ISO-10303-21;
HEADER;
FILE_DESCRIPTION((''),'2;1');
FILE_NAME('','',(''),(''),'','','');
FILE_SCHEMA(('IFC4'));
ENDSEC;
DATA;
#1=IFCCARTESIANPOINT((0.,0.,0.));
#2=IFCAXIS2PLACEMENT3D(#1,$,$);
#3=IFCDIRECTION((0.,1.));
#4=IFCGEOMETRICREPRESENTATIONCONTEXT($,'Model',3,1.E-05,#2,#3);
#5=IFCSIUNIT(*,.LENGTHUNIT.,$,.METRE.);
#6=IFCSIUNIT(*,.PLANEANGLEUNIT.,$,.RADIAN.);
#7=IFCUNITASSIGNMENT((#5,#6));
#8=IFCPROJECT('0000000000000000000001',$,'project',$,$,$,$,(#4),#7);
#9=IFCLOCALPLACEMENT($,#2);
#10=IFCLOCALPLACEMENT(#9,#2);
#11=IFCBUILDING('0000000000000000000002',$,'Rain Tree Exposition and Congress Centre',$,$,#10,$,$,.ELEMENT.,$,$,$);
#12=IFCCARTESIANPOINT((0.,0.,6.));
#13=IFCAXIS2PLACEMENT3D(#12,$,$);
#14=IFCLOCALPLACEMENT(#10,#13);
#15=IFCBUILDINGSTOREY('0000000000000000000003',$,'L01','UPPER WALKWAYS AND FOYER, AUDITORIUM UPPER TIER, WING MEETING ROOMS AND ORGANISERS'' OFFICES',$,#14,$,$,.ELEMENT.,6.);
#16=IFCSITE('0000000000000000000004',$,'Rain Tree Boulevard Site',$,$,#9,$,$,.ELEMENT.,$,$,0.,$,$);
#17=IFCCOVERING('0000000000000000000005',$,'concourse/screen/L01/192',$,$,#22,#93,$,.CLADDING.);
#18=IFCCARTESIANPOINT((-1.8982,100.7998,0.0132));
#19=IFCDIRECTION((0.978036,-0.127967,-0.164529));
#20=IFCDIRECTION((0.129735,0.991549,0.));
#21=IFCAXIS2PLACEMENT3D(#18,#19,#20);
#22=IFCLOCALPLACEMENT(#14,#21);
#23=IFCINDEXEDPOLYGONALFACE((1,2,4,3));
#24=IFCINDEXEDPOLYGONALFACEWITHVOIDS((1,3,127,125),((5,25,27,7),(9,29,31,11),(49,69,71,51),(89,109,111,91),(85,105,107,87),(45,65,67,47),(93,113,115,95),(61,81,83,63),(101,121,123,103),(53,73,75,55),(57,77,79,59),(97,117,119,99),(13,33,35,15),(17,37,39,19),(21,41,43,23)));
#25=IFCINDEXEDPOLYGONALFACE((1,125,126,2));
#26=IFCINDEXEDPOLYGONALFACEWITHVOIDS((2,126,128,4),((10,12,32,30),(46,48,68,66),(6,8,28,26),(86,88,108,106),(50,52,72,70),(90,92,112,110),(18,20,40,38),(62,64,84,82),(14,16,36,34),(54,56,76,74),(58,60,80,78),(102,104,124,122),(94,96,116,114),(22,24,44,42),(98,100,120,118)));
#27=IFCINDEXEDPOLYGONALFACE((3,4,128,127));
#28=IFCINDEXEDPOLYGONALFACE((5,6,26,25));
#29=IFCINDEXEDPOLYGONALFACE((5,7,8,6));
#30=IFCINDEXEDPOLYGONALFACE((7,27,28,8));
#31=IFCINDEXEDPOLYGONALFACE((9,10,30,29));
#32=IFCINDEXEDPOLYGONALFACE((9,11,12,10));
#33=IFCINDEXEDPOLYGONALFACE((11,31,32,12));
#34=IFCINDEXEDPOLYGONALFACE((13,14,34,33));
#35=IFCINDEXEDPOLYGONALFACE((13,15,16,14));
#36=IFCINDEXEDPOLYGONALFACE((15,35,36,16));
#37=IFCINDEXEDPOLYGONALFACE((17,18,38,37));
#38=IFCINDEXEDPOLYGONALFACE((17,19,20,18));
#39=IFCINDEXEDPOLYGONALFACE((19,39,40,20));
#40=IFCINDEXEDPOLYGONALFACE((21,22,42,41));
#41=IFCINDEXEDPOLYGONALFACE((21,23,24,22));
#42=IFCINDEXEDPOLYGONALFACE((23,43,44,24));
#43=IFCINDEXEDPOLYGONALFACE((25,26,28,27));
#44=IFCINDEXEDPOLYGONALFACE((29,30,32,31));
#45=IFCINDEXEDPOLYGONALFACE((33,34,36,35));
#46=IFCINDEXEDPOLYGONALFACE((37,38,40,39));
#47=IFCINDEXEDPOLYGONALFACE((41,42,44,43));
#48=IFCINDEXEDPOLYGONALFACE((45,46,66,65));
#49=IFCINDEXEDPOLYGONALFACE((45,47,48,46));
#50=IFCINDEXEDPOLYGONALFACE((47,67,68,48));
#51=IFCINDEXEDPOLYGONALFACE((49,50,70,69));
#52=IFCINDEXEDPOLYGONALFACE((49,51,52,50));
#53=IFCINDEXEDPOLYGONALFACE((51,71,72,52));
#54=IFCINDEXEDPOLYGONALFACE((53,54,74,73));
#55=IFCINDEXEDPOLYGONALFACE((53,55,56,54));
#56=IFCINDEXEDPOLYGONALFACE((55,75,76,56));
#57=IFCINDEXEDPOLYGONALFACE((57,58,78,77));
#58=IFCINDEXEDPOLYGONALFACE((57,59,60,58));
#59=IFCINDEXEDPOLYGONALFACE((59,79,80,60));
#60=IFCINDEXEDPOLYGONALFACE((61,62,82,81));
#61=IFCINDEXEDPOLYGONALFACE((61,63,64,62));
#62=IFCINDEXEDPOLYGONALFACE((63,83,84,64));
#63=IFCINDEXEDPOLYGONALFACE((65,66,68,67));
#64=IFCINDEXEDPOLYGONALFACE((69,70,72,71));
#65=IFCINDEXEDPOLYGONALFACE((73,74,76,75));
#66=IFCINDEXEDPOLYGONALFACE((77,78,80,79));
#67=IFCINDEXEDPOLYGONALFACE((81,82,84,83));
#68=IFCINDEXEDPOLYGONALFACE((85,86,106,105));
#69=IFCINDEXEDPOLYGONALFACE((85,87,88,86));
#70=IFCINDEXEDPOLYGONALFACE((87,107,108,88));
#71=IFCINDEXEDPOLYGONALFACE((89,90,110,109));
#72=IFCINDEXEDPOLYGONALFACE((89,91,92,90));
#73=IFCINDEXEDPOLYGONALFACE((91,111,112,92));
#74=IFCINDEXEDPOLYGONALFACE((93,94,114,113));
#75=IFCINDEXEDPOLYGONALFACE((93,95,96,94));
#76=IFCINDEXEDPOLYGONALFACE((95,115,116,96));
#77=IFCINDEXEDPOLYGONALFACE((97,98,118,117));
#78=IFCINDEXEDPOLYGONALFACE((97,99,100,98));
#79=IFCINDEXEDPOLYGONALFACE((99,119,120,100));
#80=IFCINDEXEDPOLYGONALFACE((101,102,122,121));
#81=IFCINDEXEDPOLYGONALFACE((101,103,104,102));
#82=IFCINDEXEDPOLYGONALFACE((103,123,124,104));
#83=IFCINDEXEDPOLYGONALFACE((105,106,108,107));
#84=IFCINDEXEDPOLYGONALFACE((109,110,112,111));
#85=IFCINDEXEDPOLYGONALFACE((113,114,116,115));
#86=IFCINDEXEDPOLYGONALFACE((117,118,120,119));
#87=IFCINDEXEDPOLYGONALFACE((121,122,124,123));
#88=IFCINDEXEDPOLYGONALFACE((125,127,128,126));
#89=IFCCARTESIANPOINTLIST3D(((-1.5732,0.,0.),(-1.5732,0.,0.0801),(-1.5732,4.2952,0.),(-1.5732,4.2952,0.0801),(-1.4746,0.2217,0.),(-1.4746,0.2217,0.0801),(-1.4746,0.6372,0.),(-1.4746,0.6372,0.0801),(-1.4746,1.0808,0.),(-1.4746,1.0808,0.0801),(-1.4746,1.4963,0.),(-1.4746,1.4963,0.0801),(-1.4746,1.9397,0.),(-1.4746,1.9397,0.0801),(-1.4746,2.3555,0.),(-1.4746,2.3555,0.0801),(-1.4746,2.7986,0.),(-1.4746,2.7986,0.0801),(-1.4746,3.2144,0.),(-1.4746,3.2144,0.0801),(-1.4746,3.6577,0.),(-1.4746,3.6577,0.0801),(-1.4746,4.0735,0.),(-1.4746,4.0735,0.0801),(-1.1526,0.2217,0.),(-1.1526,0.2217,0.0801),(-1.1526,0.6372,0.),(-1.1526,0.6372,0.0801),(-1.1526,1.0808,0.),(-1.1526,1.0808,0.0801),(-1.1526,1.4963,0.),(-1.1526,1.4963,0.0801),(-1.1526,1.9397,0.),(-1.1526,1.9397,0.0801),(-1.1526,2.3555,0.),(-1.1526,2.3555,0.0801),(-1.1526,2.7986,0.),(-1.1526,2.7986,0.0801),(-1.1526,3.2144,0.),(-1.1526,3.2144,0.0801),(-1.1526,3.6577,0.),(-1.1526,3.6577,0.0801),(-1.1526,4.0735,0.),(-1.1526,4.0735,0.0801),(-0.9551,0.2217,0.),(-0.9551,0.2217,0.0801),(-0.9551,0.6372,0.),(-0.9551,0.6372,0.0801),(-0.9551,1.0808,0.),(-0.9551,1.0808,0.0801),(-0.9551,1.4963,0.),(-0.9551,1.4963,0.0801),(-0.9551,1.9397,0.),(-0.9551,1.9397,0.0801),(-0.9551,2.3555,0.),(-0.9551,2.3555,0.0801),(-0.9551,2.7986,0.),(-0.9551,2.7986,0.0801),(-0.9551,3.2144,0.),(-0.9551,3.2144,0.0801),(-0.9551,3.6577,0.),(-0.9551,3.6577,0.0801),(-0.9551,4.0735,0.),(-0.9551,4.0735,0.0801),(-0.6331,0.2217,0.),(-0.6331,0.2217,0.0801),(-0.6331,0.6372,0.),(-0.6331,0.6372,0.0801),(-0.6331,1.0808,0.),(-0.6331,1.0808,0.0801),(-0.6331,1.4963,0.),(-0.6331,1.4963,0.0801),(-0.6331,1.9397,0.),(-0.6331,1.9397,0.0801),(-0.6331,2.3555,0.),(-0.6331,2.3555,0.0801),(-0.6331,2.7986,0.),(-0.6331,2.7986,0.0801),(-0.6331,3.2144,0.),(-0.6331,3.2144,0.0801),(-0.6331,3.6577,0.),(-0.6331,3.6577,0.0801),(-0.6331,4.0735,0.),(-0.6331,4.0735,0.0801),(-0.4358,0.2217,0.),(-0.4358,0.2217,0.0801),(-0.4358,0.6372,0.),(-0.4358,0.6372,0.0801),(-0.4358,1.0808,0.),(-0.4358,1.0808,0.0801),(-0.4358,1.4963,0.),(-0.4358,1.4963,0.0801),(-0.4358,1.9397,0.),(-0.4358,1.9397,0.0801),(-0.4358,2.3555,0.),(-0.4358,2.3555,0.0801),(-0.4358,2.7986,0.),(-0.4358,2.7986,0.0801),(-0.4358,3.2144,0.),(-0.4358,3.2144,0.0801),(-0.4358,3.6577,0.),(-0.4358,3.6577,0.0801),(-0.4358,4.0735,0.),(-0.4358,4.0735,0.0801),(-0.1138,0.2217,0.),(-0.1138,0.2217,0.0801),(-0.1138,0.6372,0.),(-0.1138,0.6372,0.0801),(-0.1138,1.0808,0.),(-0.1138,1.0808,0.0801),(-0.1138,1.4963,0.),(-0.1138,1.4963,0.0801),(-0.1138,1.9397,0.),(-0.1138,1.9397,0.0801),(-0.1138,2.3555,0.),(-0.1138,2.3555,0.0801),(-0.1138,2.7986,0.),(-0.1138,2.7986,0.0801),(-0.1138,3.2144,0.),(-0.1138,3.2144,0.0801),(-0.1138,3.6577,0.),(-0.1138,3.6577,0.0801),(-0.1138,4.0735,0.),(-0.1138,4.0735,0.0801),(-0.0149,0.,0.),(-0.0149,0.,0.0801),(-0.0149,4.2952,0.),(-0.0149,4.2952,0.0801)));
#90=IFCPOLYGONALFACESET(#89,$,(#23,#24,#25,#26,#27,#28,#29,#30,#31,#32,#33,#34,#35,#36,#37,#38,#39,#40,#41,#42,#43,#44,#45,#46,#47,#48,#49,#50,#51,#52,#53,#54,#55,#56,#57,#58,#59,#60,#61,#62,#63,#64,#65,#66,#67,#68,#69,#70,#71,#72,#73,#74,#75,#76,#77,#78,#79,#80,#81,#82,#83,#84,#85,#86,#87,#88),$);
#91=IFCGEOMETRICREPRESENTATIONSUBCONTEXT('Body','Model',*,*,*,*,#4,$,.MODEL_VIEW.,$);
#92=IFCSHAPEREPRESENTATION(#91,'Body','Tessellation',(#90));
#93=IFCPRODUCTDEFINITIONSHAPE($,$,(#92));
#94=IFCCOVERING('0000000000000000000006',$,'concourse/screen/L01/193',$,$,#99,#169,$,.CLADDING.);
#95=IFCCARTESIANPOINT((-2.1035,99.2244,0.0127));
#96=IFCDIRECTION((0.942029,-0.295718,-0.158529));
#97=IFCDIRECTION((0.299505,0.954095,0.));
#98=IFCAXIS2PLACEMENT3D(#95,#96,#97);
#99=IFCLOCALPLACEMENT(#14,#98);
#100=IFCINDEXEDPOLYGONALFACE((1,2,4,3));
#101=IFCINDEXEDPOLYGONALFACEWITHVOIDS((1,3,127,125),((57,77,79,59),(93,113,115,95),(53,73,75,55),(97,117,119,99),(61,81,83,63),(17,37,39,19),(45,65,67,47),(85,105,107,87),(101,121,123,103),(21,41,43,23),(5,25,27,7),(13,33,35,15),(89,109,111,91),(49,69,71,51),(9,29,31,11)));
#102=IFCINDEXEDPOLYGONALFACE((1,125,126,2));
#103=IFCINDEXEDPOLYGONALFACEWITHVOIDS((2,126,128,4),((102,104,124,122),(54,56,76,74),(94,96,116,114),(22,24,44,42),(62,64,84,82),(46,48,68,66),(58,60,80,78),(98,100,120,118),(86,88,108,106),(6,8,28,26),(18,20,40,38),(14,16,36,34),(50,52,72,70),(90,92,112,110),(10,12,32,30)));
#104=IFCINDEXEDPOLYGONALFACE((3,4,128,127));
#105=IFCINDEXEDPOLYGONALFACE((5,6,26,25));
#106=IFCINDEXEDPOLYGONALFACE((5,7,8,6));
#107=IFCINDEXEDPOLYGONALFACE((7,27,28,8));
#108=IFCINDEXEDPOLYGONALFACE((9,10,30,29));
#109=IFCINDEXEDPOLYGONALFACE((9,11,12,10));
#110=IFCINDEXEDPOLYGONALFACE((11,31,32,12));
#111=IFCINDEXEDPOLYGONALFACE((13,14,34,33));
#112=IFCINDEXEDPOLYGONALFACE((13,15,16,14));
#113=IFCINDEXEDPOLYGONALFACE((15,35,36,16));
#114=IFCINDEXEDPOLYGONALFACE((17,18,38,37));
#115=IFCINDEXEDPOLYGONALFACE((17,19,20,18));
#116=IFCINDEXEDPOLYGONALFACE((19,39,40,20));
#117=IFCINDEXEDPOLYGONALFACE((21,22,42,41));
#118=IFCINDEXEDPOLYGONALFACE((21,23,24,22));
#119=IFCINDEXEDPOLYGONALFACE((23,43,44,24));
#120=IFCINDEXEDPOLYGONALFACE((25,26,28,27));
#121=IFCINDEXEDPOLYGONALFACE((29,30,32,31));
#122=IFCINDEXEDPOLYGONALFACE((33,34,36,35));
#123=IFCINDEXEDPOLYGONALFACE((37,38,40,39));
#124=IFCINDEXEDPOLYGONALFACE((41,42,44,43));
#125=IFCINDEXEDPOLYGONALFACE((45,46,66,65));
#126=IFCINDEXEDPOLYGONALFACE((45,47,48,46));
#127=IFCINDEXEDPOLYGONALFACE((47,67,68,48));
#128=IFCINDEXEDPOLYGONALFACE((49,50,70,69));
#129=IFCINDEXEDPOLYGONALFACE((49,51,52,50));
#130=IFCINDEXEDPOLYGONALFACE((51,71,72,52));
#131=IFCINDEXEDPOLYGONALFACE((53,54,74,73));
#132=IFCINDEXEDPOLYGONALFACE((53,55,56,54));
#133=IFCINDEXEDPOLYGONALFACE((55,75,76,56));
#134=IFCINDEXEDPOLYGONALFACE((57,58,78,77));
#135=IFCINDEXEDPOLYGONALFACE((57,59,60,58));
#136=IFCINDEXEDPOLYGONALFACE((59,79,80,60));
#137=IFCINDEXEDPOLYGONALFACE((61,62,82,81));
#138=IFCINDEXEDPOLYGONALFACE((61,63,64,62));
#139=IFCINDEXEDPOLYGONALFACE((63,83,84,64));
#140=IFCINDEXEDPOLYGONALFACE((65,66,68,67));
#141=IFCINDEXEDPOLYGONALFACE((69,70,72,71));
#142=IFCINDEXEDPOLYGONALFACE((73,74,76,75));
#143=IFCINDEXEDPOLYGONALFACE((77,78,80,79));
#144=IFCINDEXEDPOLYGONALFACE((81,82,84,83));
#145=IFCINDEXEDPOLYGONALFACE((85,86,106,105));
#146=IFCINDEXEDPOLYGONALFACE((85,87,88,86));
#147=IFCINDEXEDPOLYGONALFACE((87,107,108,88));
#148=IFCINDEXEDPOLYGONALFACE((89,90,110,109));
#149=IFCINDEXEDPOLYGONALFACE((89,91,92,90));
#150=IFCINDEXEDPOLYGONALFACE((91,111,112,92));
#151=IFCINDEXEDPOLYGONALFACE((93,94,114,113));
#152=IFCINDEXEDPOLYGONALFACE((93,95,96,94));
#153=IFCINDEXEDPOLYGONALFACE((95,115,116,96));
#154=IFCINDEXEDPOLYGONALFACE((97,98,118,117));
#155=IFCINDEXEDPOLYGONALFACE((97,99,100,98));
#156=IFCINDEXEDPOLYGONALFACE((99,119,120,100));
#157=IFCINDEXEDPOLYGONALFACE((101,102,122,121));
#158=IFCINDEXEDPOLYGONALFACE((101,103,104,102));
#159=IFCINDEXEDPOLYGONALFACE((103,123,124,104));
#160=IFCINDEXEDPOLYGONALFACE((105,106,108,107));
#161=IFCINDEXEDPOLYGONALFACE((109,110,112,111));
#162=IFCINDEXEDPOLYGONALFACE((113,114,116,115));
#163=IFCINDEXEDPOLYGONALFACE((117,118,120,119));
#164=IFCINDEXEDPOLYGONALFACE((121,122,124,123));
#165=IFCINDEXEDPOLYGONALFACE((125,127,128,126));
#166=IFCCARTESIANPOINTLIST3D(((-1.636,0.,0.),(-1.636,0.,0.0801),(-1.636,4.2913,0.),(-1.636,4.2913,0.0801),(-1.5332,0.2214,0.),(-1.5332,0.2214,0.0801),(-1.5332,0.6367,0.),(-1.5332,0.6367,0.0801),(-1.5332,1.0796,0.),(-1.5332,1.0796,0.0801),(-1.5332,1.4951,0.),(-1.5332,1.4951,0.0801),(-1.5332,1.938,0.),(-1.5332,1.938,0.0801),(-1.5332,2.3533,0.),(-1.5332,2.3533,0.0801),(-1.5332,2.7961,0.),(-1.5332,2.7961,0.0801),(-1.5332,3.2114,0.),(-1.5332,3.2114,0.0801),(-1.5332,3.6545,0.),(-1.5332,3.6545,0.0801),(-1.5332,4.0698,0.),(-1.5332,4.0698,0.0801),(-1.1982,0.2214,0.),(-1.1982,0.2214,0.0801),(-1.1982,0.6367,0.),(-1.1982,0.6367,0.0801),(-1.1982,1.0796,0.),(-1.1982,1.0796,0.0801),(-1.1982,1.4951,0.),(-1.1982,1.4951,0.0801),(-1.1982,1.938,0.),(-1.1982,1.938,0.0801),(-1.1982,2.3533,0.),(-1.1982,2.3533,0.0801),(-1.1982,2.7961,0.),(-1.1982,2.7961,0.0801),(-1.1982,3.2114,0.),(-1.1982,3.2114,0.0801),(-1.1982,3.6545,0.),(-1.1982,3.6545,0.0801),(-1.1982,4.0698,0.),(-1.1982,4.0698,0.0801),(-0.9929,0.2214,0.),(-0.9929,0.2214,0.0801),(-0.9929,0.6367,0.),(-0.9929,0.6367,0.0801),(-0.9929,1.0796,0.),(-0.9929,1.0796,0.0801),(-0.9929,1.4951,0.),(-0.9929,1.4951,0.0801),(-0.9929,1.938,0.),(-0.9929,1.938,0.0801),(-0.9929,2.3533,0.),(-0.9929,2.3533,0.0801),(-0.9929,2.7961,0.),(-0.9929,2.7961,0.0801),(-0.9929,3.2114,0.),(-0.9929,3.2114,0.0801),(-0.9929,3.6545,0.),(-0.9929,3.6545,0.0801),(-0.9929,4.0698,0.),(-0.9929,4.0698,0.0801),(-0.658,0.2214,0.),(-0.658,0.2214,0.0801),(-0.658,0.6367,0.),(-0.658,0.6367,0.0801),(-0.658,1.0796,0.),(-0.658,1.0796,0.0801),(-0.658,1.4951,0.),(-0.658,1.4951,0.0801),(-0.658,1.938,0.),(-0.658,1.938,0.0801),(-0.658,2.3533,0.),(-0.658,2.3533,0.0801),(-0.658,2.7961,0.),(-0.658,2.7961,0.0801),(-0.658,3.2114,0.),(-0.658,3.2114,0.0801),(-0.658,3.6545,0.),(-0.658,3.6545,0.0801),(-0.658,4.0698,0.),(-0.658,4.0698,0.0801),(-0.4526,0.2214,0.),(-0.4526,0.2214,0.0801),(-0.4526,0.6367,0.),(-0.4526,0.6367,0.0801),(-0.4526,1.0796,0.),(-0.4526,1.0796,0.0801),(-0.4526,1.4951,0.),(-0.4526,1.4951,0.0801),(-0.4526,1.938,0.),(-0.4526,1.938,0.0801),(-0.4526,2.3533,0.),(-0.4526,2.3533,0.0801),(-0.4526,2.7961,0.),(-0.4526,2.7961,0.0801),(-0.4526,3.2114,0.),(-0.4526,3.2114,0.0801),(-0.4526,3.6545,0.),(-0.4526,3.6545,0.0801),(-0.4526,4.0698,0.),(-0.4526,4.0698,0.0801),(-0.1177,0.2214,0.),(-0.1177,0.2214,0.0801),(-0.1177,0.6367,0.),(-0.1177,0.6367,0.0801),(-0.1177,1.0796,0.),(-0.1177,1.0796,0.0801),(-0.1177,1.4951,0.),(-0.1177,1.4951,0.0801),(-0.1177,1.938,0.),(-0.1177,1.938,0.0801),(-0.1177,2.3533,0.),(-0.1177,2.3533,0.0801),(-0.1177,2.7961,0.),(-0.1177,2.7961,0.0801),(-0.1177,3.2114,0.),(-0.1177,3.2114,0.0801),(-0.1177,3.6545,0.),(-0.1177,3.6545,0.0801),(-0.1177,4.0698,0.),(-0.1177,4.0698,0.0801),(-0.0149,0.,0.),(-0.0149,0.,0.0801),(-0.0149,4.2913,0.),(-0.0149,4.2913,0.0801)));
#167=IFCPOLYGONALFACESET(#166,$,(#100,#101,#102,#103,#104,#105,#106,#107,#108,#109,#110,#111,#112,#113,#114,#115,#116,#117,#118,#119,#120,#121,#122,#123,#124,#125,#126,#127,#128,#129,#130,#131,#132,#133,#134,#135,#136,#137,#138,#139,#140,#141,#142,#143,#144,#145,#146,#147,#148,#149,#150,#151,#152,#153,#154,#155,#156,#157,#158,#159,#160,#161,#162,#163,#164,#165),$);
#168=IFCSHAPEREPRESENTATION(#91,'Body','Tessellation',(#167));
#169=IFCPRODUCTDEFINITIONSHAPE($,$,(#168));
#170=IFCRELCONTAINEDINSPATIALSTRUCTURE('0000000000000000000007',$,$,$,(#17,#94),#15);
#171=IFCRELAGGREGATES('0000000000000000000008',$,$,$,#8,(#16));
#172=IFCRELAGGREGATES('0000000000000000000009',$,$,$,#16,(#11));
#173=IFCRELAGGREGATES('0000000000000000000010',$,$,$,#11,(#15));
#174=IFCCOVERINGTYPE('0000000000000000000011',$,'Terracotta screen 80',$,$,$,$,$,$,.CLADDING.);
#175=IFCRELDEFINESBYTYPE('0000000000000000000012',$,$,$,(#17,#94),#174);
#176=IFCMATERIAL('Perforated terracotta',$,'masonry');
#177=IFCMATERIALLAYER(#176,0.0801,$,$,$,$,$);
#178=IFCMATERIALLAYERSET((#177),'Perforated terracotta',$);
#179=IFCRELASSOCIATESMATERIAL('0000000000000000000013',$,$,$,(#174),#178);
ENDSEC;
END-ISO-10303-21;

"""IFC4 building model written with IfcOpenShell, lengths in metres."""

from ifc_helpers import new_model, si_unit, direction, frame, origin, place, context, subcontext, project, spatial, polyline, outline, extrude, material, layer, layer_set, type_object, element, save


model = new_model("IFC4")

# Units and contexts
model_context = context("Model", 3, precision=1e-05, world=origin(), true_north=direction((0.0, 1.0)))
body_context = subcontext(model_context, "Body", "Model", "MODEL_VIEW")
ifc_project = project(units=[si_unit("LENGTHUNIT", "METRE"), si_unit("PLANEANGLEUNIT", "RADIAN")], contexts=[model_context])

# Site, building, storey
site_placement = place(None, origin())
site = spatial("IfcSite", under=ifc_project, at=site_placement, Name="Rain Tree Boulevard Site", CompositionType="ELEMENT", RefElevation=0.0)
building_placement = place(site_placement, origin())
building = spatial("IfcBuilding", under=site, at=building_placement, Name="Rain Tree Exposition and Congress Centre", CompositionType="ELEMENT")
storey_placement = place(building_placement, frame((0.0, 0.0, 6.0)))
storey = spatial("IfcBuildingStorey", under=building, at=storey_placement, Name="L01", Description="UPPER WALKWAYS AND FOYER, AUDITORIUM UPPER TIER, WING MEETING ROOMS AND ORGANISERS' OFFICES", CompositionType="ELEMENT", Elevation=6.0)

# Coverings
ifc_material_1 = material(Name="Perforated terracotta", Category="masonry")
ifc_layer_1 = layer(ifc_material_1, 0.0801)
ifc_layer_set_1 = layer_set([ifc_layer_1], Name="Perforated terracotta")
covering_type = type_object("IfcCoveringType", Name="Terracotta screen 80", PredefinedType="CLADDING", material=ifc_layer_set_1)
covering_1_placement = place(storey_placement, frame((-1.8982, 100.7998, 0.0132), z_axis=(0.978036, -0.127967, -0.164529), x_axis=(0.129735, 0.991549, 0.0)))
element("IfcCovering", 1, at=covering_1_placement, inside=storey, type_object=covering_type, Name="concourse/screen/L01/192", PredefinedType="CLADDING", context=body_context, shape_type="SweptSolid", body=[
    extrude(outline(polyline([(-1.5732, 0.0), (-1.5732, 4.2952), (-0.0149, 4.2952), (-0.0149, 0.0), (-1.5732, 0.0)]), holes=[polyline([(-0.1138, 0.2217), (-0.1138, 0.6372), (-0.4358, 0.6372), (-0.4358, 0.2217), (-0.1138, 0.2217)]), polyline([(-0.1138, 1.0808), (-0.1138, 1.4963), (-0.4358, 1.4963), (-0.4358, 1.0808), (-0.1138, 1.0808)]), polyline([(-0.1138, 1.9397), (-0.1138, 2.3555), (-0.4358, 2.3555), (-0.4358, 1.9397), (-0.1138, 1.9397)]), polyline([(-0.1138, 2.7986), (-0.1138, 3.2144), (-0.4358, 3.2144), (-0.4358, 2.7986), (-0.1138, 2.7986)]), polyline([(-0.1138, 3.6577), (-0.1138, 4.0735), (-0.4358, 4.0735), (-0.4358, 3.6577), (-0.1138, 3.6577)]), polyline([(-0.6331, 0.2217), (-0.6331, 0.6372), (-0.9551, 0.6372), (-0.9551, 0.2217), (-0.6331, 0.2217)]), polyline([(-0.6331, 1.0808), (-0.6331, 1.4963), (-0.9551, 1.4963), (-0.9551, 1.0808), (-0.6331, 1.0808)]), polyline([(-0.6331, 1.9397), (-0.6331, 2.3555), (-0.9551, 2.3555), (-0.9551, 1.9397), (-0.6331, 1.9397)]), polyline([(-0.6331, 2.7986), (-0.6331, 3.2144), (-0.9551, 3.2144), (-0.9551, 2.7986), (-0.6331, 2.7986)]), polyline([(-0.6331, 3.6577), (-0.6331, 4.0735), (-0.9551, 4.0735), (-0.9551, 3.6577), (-0.6331, 3.6577)]), polyline([(-1.1526, 0.2217), (-1.1526, 0.6372), (-1.4746, 0.6372), (-1.4746, 0.2217), (-1.1526, 0.2217)]), polyline([(-1.1526, 1.0808), (-1.1526, 1.4963), (-1.4746, 1.4963), (-1.4746, 1.0808), (-1.1526, 1.0808)]), polyline([(-1.1526, 1.9397), (-1.1526, 2.3555), (-1.4746, 2.3555), (-1.4746, 1.9397), (-1.1526, 1.9397)]), polyline([(-1.1526, 2.7986), (-1.1526, 3.2144), (-1.4746, 3.2144), (-1.4746, 2.7986), (-1.1526, 2.7986)]), polyline([(-1.1526, 3.6577), (-1.1526, 4.0735), (-1.4746, 4.0735), (-1.4746, 3.6577), (-1.1526, 3.6577)])]), origin(), (0.0, 0.0, 1.0), 0.0801),
])
covering_2_placement = place(storey_placement, frame((-2.1035, 99.2244, 0.0127), z_axis=(0.942029, -0.295718, -0.158529), x_axis=(0.299505, 0.954095, 0.0)))
element("IfcCovering", 2, at=covering_2_placement, inside=storey, type_object=covering_type, Name="concourse/screen/L01/193", PredefinedType="CLADDING", context=body_context, shape_type="SweptSolid", body=[
    extrude(outline(polyline([(-1.636, 0.0), (-1.636, 4.2913), (-0.0149, 4.2913), (-0.0149, 0.0), (-1.636, 0.0)]), holes=[polyline([(-0.1177, 0.2214), (-0.1177, 0.6367), (-0.4526, 0.6367), (-0.4526, 0.2214), (-0.1177, 0.2214)]), polyline([(-0.1177, 1.0796), (-0.1177, 1.4951), (-0.4526, 1.4951), (-0.4526, 1.0796), (-0.1177, 1.0796)]), polyline([(-0.1177, 1.938), (-0.1177, 2.3533), (-0.4526, 2.3533), (-0.4526, 1.938), (-0.1177, 1.938)]), polyline([(-0.1177, 2.7961), (-0.1177, 3.2114), (-0.4526, 3.2114), (-0.4526, 2.7961), (-0.1177, 2.7961)]), polyline([(-0.1177, 3.6545), (-0.1177, 4.0698), (-0.4526, 4.0698), (-0.4526, 3.6545), (-0.1177, 3.6545)]), polyline([(-0.658, 0.2214), (-0.658, 0.6367), (-0.9929, 0.6367), (-0.9929, 0.2214), (-0.658, 0.2214)]), polyline([(-0.658, 1.0796), (-0.658, 1.4951), (-0.9929, 1.4951), (-0.9929, 1.0796), (-0.658, 1.0796)]), polyline([(-0.658, 1.938), (-0.658, 2.3533), (-0.9929, 2.3533), (-0.9929, 1.938), (-0.658, 1.938)]), polyline([(-0.658, 2.7961), (-0.658, 3.2114), (-0.9929, 3.2114), (-0.9929, 2.7961), (-0.658, 2.7961)]), polyline([(-0.658, 3.6545), (-0.658, 4.0698), (-0.9929, 4.0698), (-0.9929, 3.6545), (-0.658, 3.6545)]), polyline([(-1.1982, 0.2214), (-1.1982, 0.6367), (-1.5332, 0.6367), (-1.5332, 0.2214), (-1.1982, 0.2214)]), polyline([(-1.1982, 1.0796), (-1.1982, 1.4951), (-1.5332, 1.4951), (-1.5332, 1.0796), (-1.1982, 1.0796)]), polyline([(-1.1982, 1.938), (-1.1982, 2.3533), (-1.5332, 2.3533), (-1.5332, 1.938), (-1.1982, 1.938)]), polyline([(-1.1982, 2.7961), (-1.1982, 3.2114), (-1.5332, 3.2114), (-1.5332, 2.7961), (-1.1982, 2.7961)]), polyline([(-1.1982, 3.6545), (-1.1982, 4.0698), (-1.5332, 4.0698), (-1.5332, 3.6545), (-1.1982, 3.6545)])]), origin(), (0.0, 0.0, 1.0), 0.0801),
])

save(model, "model.ifc")
